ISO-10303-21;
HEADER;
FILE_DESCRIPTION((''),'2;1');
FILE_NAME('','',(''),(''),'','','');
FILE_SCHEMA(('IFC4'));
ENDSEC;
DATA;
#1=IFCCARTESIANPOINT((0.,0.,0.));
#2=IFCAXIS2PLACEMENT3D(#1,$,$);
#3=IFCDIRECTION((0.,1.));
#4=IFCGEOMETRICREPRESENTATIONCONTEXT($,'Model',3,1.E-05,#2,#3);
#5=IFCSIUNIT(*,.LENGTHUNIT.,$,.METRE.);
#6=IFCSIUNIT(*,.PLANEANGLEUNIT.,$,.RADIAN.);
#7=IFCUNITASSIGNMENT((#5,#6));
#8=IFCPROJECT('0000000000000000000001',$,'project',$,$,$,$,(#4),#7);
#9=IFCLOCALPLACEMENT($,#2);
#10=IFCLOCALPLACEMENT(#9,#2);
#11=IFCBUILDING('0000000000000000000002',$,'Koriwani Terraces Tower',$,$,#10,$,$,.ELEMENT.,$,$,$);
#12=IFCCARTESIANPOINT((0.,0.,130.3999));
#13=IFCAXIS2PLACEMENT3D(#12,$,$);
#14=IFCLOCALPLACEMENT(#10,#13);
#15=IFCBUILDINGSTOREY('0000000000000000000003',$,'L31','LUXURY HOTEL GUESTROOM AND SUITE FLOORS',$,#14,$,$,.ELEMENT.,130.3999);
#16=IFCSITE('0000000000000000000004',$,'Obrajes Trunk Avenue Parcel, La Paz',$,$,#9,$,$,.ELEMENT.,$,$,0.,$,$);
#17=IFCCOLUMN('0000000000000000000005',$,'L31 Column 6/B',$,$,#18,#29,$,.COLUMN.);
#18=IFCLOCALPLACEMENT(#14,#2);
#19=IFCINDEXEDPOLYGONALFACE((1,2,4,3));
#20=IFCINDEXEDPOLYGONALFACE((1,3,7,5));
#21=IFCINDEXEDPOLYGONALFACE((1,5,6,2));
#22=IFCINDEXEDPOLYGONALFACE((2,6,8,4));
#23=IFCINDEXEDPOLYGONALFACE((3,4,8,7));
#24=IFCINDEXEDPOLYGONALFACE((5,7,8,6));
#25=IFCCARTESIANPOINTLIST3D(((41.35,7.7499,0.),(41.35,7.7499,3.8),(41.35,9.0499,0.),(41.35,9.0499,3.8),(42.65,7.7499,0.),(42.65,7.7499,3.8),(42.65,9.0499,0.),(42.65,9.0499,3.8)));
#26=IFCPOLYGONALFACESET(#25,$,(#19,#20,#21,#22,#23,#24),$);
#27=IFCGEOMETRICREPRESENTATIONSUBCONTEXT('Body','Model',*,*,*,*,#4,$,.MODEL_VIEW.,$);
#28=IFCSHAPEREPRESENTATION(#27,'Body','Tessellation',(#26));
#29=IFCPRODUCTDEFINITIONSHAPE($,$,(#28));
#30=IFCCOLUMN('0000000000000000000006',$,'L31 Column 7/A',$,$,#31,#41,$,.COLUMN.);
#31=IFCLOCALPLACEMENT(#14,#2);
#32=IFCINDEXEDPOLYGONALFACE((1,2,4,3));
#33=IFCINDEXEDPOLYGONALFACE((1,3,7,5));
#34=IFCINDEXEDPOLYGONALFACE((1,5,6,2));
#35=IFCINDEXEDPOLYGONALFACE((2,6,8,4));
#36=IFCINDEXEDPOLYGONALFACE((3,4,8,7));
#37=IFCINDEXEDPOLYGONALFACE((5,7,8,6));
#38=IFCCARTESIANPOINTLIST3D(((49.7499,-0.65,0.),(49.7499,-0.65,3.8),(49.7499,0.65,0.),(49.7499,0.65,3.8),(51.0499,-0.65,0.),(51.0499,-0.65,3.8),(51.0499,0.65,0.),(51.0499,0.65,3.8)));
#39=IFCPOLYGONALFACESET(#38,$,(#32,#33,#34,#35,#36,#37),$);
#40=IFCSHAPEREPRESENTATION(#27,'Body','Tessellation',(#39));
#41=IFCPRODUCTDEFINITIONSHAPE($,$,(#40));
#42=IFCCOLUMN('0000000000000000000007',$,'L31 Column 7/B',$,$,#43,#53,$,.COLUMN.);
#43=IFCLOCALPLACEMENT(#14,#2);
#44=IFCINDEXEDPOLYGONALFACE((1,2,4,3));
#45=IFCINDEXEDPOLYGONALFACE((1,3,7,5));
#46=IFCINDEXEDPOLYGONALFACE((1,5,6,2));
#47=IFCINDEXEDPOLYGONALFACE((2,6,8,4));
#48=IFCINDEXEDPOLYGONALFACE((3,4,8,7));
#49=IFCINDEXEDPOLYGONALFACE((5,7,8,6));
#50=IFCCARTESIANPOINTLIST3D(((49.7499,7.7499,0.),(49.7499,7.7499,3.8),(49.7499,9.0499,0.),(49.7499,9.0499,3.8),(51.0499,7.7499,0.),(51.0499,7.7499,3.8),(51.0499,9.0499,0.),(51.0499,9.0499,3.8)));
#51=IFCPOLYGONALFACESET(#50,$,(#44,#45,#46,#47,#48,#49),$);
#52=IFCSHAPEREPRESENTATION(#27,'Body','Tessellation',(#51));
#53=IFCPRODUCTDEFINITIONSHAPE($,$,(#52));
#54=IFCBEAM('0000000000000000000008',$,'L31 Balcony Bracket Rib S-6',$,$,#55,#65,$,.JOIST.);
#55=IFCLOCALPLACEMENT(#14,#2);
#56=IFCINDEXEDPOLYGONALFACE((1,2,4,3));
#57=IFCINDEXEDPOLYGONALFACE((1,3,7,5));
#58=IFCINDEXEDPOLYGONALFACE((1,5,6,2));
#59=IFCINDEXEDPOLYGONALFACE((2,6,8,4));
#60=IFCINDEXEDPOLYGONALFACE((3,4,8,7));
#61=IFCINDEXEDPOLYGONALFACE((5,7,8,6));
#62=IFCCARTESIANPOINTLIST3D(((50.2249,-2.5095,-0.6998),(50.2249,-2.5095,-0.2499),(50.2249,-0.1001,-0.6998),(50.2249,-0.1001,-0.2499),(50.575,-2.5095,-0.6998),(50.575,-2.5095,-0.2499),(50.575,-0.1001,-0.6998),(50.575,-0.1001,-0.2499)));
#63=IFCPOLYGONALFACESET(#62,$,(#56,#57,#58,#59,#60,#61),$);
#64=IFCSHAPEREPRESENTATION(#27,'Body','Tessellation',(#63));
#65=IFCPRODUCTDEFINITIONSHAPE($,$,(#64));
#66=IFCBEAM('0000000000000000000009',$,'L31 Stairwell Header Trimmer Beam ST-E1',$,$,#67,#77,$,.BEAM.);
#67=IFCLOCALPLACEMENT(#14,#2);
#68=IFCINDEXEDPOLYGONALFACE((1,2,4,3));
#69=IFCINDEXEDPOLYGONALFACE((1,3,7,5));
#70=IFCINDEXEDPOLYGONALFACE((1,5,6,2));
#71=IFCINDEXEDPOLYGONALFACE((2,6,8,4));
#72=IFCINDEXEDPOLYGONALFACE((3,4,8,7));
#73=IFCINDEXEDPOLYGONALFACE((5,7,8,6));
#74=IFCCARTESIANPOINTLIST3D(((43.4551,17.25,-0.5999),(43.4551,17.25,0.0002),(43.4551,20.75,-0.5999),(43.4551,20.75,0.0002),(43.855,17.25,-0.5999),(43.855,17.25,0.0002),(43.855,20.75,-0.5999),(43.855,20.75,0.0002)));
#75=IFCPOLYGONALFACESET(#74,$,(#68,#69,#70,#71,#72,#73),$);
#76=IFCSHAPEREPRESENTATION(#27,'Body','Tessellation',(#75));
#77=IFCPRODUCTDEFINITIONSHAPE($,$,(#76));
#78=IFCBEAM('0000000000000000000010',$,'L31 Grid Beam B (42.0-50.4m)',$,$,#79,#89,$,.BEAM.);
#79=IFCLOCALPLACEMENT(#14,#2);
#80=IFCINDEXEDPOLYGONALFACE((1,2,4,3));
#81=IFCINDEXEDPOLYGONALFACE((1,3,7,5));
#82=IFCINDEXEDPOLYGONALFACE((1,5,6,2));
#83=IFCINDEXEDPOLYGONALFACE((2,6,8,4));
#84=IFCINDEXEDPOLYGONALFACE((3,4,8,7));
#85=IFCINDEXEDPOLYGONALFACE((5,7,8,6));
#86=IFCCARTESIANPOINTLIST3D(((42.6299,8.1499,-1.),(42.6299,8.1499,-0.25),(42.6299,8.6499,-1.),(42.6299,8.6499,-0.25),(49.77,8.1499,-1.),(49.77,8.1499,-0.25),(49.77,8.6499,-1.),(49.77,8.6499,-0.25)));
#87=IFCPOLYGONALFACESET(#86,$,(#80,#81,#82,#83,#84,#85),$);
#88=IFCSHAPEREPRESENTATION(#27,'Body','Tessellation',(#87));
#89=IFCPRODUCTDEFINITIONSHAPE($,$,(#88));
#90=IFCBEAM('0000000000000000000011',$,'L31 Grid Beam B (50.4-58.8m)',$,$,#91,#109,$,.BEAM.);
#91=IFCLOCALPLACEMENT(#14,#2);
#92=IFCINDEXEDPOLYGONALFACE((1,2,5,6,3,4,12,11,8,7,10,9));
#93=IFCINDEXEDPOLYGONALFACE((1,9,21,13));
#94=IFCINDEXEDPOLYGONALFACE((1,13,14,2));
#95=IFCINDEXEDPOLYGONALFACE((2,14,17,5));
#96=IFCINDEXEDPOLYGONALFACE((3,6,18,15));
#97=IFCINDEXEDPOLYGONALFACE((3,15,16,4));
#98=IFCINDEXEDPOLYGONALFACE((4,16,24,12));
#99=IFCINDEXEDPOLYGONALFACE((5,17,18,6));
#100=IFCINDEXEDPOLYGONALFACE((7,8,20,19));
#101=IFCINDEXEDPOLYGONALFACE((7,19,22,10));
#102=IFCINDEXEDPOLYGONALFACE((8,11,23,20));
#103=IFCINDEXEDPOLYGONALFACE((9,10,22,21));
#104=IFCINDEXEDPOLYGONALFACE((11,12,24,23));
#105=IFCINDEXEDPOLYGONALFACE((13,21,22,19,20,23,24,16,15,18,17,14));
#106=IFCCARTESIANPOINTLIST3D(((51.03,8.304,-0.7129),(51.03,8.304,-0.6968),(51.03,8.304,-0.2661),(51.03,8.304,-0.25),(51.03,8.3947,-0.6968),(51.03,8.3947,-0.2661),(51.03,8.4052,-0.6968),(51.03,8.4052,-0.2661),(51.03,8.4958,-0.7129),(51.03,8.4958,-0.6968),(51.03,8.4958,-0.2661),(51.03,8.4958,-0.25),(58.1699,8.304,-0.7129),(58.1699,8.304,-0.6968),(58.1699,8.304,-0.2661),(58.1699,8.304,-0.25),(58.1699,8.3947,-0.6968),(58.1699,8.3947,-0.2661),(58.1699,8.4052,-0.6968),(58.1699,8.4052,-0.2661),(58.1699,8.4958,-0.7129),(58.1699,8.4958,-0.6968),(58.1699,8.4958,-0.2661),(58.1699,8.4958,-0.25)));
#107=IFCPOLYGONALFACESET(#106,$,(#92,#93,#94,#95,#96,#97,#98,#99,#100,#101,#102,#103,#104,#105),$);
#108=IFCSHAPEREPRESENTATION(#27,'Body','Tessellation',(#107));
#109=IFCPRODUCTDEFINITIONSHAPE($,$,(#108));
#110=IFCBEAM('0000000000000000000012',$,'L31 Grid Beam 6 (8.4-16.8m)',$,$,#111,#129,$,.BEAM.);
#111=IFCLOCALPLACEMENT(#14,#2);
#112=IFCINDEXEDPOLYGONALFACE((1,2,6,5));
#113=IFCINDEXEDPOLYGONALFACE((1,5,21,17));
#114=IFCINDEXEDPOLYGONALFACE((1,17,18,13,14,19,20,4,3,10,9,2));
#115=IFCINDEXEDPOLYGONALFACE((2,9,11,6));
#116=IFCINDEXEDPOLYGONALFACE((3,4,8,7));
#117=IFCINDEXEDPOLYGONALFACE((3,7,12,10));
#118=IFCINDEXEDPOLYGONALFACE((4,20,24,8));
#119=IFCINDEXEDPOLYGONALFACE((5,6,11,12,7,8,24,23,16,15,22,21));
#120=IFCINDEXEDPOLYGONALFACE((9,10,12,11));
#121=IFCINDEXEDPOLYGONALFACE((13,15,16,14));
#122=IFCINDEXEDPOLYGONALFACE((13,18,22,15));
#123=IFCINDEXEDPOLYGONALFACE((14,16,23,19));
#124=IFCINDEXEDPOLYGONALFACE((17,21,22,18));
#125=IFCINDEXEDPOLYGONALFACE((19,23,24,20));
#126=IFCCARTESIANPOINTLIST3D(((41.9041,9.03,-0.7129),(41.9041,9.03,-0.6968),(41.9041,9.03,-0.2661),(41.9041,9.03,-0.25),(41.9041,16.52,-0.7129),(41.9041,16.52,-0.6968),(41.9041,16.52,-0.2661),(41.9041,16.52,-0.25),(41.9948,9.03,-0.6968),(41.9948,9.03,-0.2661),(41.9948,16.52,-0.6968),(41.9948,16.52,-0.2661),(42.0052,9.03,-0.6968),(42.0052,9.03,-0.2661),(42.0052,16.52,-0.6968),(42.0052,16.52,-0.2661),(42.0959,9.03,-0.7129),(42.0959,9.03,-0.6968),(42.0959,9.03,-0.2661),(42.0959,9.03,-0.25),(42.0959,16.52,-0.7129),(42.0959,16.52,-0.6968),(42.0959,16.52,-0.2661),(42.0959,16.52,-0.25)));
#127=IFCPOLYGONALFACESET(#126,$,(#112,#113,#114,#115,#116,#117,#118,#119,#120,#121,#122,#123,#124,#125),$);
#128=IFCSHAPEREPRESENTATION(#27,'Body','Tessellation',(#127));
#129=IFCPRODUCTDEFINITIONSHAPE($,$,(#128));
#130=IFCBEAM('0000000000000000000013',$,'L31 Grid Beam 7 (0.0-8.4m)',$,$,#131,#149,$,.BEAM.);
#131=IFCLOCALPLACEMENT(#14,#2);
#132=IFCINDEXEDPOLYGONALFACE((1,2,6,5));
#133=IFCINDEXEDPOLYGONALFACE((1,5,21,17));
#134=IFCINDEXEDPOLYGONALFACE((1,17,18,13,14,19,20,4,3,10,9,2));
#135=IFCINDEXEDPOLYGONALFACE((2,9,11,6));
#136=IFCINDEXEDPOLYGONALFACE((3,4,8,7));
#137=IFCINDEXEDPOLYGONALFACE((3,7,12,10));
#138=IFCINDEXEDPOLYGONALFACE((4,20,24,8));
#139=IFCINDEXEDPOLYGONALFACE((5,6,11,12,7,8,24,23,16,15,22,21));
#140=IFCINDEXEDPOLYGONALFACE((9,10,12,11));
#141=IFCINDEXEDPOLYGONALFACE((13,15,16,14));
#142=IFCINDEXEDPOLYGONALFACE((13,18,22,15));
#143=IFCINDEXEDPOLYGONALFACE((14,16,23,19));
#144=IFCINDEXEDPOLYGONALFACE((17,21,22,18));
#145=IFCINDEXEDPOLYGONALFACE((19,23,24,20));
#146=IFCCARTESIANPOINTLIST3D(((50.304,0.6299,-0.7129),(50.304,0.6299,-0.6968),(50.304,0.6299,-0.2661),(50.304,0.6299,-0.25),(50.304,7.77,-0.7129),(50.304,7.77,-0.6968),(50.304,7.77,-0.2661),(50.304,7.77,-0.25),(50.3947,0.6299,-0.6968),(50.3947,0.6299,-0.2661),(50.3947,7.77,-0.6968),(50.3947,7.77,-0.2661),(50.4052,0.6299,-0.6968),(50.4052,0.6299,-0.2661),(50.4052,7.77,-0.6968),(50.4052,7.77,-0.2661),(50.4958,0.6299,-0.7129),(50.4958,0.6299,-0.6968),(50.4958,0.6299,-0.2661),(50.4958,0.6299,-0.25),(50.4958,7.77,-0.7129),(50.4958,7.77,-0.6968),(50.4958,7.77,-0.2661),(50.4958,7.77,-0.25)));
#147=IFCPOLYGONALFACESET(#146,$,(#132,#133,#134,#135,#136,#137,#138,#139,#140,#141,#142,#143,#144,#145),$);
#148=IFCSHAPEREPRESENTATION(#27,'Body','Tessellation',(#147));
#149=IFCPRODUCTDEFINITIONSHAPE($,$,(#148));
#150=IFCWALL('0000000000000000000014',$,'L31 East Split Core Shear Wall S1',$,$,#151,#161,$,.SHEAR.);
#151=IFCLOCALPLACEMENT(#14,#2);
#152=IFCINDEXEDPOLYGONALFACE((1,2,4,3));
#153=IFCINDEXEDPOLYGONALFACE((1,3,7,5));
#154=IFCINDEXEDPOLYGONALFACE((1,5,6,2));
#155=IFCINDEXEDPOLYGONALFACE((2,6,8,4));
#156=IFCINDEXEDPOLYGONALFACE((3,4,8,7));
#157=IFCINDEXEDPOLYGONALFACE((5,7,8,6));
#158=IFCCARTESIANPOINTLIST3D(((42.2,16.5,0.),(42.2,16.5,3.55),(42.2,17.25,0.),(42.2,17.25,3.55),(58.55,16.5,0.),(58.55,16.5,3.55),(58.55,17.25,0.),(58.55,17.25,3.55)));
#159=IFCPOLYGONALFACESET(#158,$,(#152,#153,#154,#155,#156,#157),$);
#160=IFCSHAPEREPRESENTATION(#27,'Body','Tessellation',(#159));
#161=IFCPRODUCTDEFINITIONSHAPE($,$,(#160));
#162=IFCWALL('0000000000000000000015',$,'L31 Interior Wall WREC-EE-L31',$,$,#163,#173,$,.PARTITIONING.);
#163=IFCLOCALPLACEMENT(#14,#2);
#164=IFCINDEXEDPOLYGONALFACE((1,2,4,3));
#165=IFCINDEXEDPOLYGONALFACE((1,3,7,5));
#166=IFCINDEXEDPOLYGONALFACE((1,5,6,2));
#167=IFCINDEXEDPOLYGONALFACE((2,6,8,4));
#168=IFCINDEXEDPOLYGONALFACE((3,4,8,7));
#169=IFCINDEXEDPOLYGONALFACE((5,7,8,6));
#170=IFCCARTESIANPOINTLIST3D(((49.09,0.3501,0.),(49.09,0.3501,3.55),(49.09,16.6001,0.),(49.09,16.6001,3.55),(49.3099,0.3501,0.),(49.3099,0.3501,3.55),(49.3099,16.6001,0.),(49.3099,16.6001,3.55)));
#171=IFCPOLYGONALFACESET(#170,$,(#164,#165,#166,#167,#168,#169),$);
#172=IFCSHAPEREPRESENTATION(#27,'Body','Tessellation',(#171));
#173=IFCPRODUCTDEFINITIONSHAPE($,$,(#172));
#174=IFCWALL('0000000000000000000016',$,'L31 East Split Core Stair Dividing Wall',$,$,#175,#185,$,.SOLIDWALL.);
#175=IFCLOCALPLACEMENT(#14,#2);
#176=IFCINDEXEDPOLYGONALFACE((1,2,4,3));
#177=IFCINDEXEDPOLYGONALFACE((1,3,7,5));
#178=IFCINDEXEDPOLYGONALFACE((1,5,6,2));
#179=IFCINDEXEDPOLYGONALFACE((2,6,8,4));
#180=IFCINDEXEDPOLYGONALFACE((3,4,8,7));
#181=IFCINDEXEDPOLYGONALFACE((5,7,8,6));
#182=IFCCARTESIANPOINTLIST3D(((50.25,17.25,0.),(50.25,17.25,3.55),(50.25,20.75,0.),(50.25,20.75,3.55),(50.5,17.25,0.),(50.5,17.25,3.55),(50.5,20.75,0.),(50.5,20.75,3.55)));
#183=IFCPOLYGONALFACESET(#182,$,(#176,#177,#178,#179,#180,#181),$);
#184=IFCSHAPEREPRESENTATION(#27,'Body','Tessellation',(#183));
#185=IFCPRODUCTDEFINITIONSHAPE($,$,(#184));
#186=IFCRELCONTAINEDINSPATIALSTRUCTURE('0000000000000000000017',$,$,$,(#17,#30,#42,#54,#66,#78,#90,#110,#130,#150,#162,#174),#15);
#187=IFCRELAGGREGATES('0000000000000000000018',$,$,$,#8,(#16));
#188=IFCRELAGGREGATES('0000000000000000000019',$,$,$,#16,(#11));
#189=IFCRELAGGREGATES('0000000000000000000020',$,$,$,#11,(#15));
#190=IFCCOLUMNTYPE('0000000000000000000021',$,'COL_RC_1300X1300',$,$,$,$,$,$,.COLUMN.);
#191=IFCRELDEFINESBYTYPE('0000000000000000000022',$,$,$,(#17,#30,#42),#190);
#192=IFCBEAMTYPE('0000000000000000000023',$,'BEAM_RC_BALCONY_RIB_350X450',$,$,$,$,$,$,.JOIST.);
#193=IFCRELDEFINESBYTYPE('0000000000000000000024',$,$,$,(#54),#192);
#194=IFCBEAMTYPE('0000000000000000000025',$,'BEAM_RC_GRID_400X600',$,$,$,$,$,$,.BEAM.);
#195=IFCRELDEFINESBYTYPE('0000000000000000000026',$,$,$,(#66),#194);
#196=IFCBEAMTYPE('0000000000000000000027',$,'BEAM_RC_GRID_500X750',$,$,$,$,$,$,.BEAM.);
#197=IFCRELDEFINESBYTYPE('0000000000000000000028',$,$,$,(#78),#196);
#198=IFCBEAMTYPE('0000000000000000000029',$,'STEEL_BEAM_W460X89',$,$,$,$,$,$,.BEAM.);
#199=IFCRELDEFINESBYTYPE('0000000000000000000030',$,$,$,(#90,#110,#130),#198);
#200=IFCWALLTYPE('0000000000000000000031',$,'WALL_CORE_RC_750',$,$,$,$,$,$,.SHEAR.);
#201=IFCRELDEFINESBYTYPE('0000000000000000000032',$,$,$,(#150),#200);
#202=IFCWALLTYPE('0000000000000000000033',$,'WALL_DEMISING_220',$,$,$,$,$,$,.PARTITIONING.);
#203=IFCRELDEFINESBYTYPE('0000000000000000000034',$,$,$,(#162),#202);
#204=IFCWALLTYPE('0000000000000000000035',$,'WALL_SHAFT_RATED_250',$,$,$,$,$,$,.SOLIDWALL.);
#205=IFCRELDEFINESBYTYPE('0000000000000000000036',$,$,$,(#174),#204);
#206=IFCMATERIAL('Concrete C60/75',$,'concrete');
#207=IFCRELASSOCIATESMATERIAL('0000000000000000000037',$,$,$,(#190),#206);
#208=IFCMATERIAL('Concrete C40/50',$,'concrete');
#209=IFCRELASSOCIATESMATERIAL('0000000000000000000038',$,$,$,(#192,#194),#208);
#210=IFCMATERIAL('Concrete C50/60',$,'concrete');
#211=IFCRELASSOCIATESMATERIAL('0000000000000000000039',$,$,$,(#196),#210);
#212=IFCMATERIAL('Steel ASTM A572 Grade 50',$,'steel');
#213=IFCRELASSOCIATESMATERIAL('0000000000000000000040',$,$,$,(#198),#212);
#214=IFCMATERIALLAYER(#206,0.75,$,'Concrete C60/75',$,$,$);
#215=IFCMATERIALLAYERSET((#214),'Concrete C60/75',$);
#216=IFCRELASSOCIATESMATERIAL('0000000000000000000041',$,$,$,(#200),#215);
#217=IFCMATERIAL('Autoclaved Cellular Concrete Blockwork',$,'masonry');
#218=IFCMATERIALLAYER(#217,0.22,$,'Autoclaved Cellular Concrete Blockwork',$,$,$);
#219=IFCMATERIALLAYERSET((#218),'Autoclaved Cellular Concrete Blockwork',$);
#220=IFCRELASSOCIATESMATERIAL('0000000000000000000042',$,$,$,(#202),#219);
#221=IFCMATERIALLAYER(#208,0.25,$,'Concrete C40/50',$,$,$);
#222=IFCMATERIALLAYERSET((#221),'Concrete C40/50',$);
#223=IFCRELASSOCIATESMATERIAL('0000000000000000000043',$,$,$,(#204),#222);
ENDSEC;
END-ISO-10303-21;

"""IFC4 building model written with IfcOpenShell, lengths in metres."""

from ifc_helpers import new_model, si_unit, direction, frame, frame_2d, origin, origin_2d, place, context, subcontext, project, spatial, rectangle, i_section, extrude, material, layer, layer_set, material_profile, profile_set, type_object, element, save


model = new_model("IFC4")

# Units and contexts
model_context = context("Model", 3, precision=1e-05, world=origin(), true_north=direction((0.0, 1.0)))
body_context = subcontext(model_context, "Body", "Model", "MODEL_VIEW")
ifc_project = project(units=[si_unit("LENGTHUNIT", "METRE"), si_unit("PLANEANGLEUNIT", "RADIAN")], contexts=[model_context])

# Site, building, storey
site_placement = place(None, origin())
site = spatial("IfcSite", under=ifc_project, at=site_placement, Name="Obrajes Trunk Avenue Parcel, La Paz", CompositionType="ELEMENT", RefElevation=0.0)
building_placement = place(site_placement, origin())
building = spatial("IfcBuilding", under=site, at=building_placement, Name="Koriwani Terraces Tower", CompositionType="ELEMENT")
storey_placement = place(building_placement, frame((0.0, 0.0, 130.3999)))
storey = spatial("IfcBuildingStorey", under=building, at=storey_placement, Name="L31", Description="LUXURY HOTEL GUESTROOM AND SUITE FLOORS", CompositionType="ELEMENT", Elevation=130.3999)

# Columns
ifc_material_1 = material(Name="Concrete C60/75", Category="concrete")
ifc_material_profile_1 = material_profile(ifc_material_1, rectangle(XDim=1.3, YDim=1.3, at=origin_2d()), Name="Concrete C60/75", Category="LoadBearing")
ifc_profile_set_1 = profile_set([ifc_material_profile_1], Name="Concrete C60/75")
column_type = type_object("IfcColumnType", Name="COL_RC_1300X1300", PredefinedType="COLUMN", material=ifc_profile_set_1)
for number, where, z_axis, x_axis, name in (
    (1, (42.0, 8.3999, 0.0), (0.0, 0.0, 1.0), (1.0, 0.0, 0.0), "L31 Column 6/B"),
    (2, (50.3999, 0.0, 0.0), (0.0, 0.0, 1.0), (1.0, 0.0, 0.0), "L31 Column 7/A"),
    (3, (50.3999, 8.3999, 0.0), (0.0, 0.0, 1.0), (1.0, 0.0, 0.0), "L31 Column 7/B"),
):
    element("IfcColumn", number, at=place(storey_placement, frame(where, z_axis=z_axis, x_axis=x_axis)), inside=storey, type_object=column_type, Name=name, PredefinedType="COLUMN", context=body_context, shape_type="SweptSolid", body=[
        extrude(rectangle(XDim=1.3, YDim=1.3, at=origin_2d()), origin(), (0.0, 0.0, 1.0), 3.8),
    ])

# Beams
ifc_material_2 = material(Name="Concrete C40/50", Category="concrete")
ifc_material_profile_2 = material_profile(ifc_material_2, rectangle(XDim=0.3501, YDim=0.45, at=origin_2d()), Name="Concrete C40/50", Category="LoadBearing")
ifc_profile_set_2 = profile_set([ifc_material_profile_2], Name="Concrete C40/50")
beam_type_1 = type_object("IfcBeamType", Name="BEAM_RC_BALCONY_RIB_350X450", PredefinedType="JOIST", material=ifc_profile_set_2)
beam_1_placement = place(storey_placement, frame((50.3999, -2.5095, -0.4749), z_axis=(0.0, 1.0, 0.0), x_axis=(-1.0, 0.0, 0.0)))
element("IfcBeam", 4, at=beam_1_placement, inside=storey, type_object=beam_type_1, Name="L31 Balcony Bracket Rib S-6", PredefinedType="JOIST", context=body_context, shape_type="SweptSolid", body=[
    extrude(rectangle(XDim=0.3501, YDim=0.45, at=origin_2d()), origin(), (0.0, 0.0, 1.0), 2.4094),
])
ifc_material_profile_3 = material_profile(ifc_material_2, rectangle(XDim=0.3999, YDim=0.6001, at=origin_2d()), Name="Concrete C40/50", Category="LoadBearing")
ifc_profile_set_3 = profile_set([ifc_material_profile_3], Name="Concrete C40/50")
beam_type_2 = type_object("IfcBeamType", Name="BEAM_RC_GRID_400X600", PredefinedType="BEAM", material=ifc_profile_set_3)
beam_2_placement = place(storey_placement, frame((43.655, 17.25, -0.2998), z_axis=(0.0, 1.0, 0.0), x_axis=(-1.0, 0.0, 0.0)))
element("IfcBeam", 5, at=beam_2_placement, inside=storey, type_object=beam_type_2, Name="L31 Stairwell Header Trimmer Beam ST-E1", PredefinedType="BEAM", context=body_context, shape_type="SweptSolid", body=[
    extrude(rectangle(XDim=0.3999, YDim=0.6001, at=origin_2d()), origin(), (0.0, 0.0, 1.0), 3.5),
])
ifc_material_3 = material(Name="Concrete C50/60", Category="concrete")
ifc_material_profile_4 = material_profile(ifc_material_3, rectangle(XDim=0.5, YDim=0.75, at=origin_2d()), Name="Concrete C50/60", Category="LoadBearing")
ifc_profile_set_4 = profile_set([ifc_material_profile_4], Name="Concrete C50/60")
beam_type_3 = type_object("IfcBeamType", Name="BEAM_RC_GRID_500X750", PredefinedType="BEAM", material=ifc_profile_set_4)
beam_3_placement = place(storey_placement, frame((42.6299, 8.3999, -0.625), z_axis=(1.0, 0.0, 0.0), x_axis=(0.0, 1.0, 0.0)))
element("IfcBeam", 6, at=beam_3_placement, inside=storey, type_object=beam_type_3, Name="L31 Grid Beam B (42.0-50.4m)", PredefinedType="BEAM", context=body_context, shape_type="SweptSolid", body=[
    extrude(rectangle(XDim=0.5, YDim=0.75, at=origin_2d()), origin(), (0.0, 0.0, 1.0), 7.1401),
])
ifc_material_4 = material(Name="Steel ASTM A572 Grade 50", Category="steel")
ifc_material_profile_5 = material_profile(ifc_material_4, i_section(OverallWidth=0.1919, OverallDepth=0.4629, WebThickness=0.0105, FlangeThickness=0.0161, at=origin_2d()), Name="Steel ASTM A572 Grade 50", Category="LoadBearing")
ifc_profile_set_5 = profile_set([ifc_material_profile_5], Name="Steel ASTM A572 Grade 50")
beam_type_4 = type_object("IfcBeamType", Name="STEEL_BEAM_W460X89", PredefinedType="BEAM", material=ifc_profile_set_5)
beam_4_placement = place(storey_placement, frame((51.03, 8.3999, -0.4814), z_axis=(1.0, 0.0, 0.0), x_axis=(0.0, 1.0, 0.0)))
element("IfcBeam", 7, at=beam_4_placement, inside=storey, type_object=beam_type_4, Name="L31 Grid Beam B (50.4-58.8m)", PredefinedType="BEAM", context=body_context, shape_type="SweptSolid", body=[
    extrude(i_section(OverallWidth=0.1919, OverallDepth=0.4629, WebThickness=0.0105, FlangeThickness=0.0161, at=origin_2d()), origin(), (0.0, 0.0, 1.0), 7.1399),
])
beam_5_placement = place(storey_placement, frame((42.0, 9.03, -0.4814), z_axis=(0.0, 1.0, 0.0), x_axis=(-1.0, 0.0, 0.0)))
element("IfcBeam", 8, at=beam_5_placement, inside=storey, type_object=beam_type_4, Name="L31 Grid Beam 6 (8.4-16.8m)", PredefinedType="BEAM", context=body_context, shape_type="SweptSolid", body=[
    extrude(i_section(OverallWidth=0.1919, OverallDepth=0.4629, WebThickness=0.0105, FlangeThickness=0.0161, at=origin_2d()), origin(), (0.0, 0.0, 1.0), 7.49),
])
beam_6_placement = place(storey_placement, frame((50.3999, 0.6299, -0.4814), z_axis=(0.0, 1.0, 0.0), x_axis=(-1.0, 0.0, 0.0)))
element("IfcBeam", 9, at=beam_6_placement, inside=storey, type_object=beam_type_4, Name="L31 Grid Beam 7 (0.0-8.4m)", PredefinedType="BEAM", context=body_context, shape_type="SweptSolid", body=[
    extrude(i_section(OverallWidth=0.1919, OverallDepth=0.4629, WebThickness=0.0105, FlangeThickness=0.0161, at=origin_2d()), origin(), (0.0, 0.0, 1.0), 7.1401),
])

# Walls
ifc_layer_1 = layer(ifc_material_1, 0.75, Name="Concrete C60/75")
ifc_layer_set_1 = layer_set([ifc_layer_1], Name="Concrete C60/75")
wall_type_1 = type_object("IfcWallType", Name="WALL_CORE_RC_750", PredefinedType="SHEAR", material=ifc_layer_set_1)
wall_1_placement = place(storey_placement, frame((42.2, 16.875, 0.0), z_axis=(0.0, 0.0, 1.0), x_axis=(1.0, 0.0, 0.0)))
element("IfcWall", 10, at=wall_1_placement, inside=storey, type_object=wall_type_1, Name="L31 East Split Core Shear Wall S1", PredefinedType="SHEAR", context=body_context, shape_type="SweptSolid", body=[
    extrude(rectangle(XDim=16.3501, YDim=0.75, at=frame_2d((8.175, 0.0))), origin(), (0.0, 0.0, 1.0), 3.55),
])
ifc_material_5 = material(Name="Autoclaved Cellular Concrete Blockwork", Category="masonry")
ifc_layer_2 = layer(ifc_material_5, 0.22, Name="Autoclaved Cellular Concrete Blockwork")
ifc_layer_set_2 = layer_set([ifc_layer_2], Name="Autoclaved Cellular Concrete Blockwork")
wall_type_2 = type_object("IfcWallType", Name="WALL_DEMISING_220", PredefinedType="PARTITIONING", material=ifc_layer_set_2)
wall_2_placement = place(storey_placement, frame((49.2, 0.3501, 0.0), z_axis=(0.0, 0.0, 1.0), x_axis=(0.0, 1.0, 0.0)))
element("IfcWall", 11, at=wall_2_placement, inside=storey, type_object=wall_type_2, Name="L31 Interior Wall WREC-EE-L31", PredefinedType="PARTITIONING", context=body_context, shape_type="SweptSolid", body=[
    extrude(rectangle(XDim=16.25, YDim=0.22, at=frame_2d((8.125, 0.0))), origin(), (0.0, 0.0, 1.0), 3.55),
])
ifc_layer_3 = layer(ifc_material_2, 0.25, Name="Concrete C40/50")
ifc_layer_set_3 = layer_set([ifc_layer_3], Name="Concrete C40/50")
wall_type_3 = type_object("IfcWallType", Name="WALL_SHAFT_RATED_250", PredefinedType="SOLIDWALL", material=ifc_layer_set_3)
wall_3_placement = place(storey_placement, frame((50.375, 17.25, 0.0), z_axis=(0.0, 0.0, 1.0), x_axis=(0.0, 1.0, 0.0)))
element("IfcWall", 12, at=wall_3_placement, inside=storey, type_object=wall_type_3, Name="L31 East Split Core Stair Dividing Wall", PredefinedType="SOLIDWALL", context=body_context, shape_type="SweptSolid", body=[
    extrude(rectangle(XDim=3.5, YDim=0.25, at=frame_2d((1.75, 0.0))), origin(), (0.0, 0.0, 1.0), 3.55),
])

save(model, "model.ifc")
